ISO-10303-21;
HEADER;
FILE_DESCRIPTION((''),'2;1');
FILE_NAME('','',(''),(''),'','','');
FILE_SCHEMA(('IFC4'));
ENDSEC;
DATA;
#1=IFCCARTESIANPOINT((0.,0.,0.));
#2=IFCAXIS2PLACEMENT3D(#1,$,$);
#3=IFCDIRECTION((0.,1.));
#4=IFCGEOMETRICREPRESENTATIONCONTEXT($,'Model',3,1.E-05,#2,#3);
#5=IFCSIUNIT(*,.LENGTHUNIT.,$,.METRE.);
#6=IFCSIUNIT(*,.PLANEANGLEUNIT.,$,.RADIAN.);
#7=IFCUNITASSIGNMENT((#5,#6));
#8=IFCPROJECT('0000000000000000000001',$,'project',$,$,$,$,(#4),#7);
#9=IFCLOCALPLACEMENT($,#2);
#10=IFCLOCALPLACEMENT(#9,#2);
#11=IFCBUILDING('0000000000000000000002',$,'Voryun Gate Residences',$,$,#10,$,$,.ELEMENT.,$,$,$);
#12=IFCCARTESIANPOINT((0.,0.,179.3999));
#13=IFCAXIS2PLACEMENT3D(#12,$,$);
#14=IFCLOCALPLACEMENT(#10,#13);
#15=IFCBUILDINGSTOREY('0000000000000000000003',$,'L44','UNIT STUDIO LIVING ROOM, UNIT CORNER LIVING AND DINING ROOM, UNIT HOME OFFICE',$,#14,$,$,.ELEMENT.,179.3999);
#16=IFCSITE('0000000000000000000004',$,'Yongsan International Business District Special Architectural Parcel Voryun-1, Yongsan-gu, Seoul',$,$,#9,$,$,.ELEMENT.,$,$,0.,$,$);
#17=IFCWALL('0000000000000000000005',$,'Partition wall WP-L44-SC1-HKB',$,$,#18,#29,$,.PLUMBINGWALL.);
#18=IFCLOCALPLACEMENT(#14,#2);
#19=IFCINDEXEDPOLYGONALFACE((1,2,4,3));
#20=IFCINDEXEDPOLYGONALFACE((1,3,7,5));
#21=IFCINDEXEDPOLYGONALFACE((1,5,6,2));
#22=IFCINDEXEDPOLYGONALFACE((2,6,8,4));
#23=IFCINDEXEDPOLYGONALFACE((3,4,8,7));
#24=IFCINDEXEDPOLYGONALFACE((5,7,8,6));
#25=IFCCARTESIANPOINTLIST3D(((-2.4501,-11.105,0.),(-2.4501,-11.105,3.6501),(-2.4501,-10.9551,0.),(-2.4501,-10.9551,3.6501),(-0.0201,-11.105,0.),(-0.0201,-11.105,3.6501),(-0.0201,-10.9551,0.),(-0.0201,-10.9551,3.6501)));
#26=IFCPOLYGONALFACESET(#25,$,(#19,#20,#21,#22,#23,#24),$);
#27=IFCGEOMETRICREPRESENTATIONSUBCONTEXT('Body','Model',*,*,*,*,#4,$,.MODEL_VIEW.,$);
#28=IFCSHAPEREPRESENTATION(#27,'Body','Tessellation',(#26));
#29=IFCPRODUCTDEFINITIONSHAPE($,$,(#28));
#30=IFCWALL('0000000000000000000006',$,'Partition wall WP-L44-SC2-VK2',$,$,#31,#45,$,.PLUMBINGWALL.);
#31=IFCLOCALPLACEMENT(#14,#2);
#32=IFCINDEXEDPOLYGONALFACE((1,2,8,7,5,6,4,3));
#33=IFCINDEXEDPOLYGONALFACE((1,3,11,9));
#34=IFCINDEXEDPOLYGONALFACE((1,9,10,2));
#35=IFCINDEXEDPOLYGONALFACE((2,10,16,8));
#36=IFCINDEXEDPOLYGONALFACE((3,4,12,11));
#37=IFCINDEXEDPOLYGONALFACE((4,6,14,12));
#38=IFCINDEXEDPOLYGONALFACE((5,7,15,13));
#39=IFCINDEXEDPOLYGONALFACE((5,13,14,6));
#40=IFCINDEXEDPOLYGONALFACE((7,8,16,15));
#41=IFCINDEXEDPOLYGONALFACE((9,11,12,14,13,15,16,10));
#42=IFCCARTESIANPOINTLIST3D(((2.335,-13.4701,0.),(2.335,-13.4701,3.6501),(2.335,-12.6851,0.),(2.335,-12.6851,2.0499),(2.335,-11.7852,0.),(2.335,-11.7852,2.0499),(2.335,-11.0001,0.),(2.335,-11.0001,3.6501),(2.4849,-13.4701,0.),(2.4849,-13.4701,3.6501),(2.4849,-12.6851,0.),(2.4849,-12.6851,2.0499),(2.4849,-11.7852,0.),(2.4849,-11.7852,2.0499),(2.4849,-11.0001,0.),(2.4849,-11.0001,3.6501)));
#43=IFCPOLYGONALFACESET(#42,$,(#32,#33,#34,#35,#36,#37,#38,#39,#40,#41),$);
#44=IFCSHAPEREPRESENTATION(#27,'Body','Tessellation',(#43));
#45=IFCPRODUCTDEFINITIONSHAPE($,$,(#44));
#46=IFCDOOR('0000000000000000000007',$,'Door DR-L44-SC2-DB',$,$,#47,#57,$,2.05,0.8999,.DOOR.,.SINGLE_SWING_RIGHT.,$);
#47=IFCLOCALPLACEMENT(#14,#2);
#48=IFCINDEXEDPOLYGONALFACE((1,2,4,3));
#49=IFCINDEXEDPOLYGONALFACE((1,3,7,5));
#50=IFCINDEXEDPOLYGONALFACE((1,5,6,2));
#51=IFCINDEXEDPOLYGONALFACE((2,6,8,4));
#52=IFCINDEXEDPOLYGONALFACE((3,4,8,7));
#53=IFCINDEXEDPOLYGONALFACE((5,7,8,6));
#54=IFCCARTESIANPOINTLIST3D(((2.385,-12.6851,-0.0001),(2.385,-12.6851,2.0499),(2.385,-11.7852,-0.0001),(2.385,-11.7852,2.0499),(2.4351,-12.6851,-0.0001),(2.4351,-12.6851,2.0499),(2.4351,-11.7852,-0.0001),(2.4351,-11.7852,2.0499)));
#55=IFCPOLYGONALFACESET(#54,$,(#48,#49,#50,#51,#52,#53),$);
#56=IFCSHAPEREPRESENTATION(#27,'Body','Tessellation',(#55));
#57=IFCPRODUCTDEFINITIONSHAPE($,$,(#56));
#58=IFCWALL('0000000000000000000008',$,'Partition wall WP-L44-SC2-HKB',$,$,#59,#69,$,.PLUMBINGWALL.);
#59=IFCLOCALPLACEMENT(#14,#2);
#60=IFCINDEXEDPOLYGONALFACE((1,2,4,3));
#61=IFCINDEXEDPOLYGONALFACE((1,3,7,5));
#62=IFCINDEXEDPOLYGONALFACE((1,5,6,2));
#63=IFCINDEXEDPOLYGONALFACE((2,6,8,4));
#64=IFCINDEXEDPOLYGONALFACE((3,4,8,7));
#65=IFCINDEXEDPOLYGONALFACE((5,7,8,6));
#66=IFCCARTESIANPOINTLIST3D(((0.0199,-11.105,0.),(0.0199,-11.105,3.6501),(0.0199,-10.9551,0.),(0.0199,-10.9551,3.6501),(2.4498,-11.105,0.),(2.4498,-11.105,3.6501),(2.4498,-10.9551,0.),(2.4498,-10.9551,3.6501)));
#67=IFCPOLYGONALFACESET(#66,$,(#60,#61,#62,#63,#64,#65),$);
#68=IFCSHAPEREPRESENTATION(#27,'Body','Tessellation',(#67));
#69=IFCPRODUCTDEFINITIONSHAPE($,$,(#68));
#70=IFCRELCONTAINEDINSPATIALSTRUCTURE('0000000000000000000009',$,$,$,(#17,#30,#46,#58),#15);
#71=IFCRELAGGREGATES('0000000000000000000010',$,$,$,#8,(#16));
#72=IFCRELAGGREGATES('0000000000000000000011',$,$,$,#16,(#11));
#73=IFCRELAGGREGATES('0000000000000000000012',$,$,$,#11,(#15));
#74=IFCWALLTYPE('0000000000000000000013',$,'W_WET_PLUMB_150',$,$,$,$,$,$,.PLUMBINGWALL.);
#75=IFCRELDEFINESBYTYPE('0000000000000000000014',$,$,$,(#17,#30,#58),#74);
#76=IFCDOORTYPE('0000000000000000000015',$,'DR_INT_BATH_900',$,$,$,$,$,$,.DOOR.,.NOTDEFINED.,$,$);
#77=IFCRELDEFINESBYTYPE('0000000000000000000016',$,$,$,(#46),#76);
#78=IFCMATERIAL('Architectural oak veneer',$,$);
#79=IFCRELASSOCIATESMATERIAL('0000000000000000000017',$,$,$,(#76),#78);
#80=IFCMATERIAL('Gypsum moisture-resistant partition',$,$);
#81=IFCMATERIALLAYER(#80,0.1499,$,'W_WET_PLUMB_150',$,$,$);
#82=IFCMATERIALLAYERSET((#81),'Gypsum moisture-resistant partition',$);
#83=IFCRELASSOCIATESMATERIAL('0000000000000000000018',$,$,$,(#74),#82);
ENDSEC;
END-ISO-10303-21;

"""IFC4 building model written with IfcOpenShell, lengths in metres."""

from ifc_helpers import new_model, si_unit, direction, frame, frame_2d, origin, place, context, subcontext, project, spatial, rectangle, extrude, material, layer, layer_set, type_object, element, fill, save


model = new_model("IFC4")

# Units and contexts
model_context = context("Model", 3, precision=1e-05, world=origin(), true_north=direction((0.0, 1.0)))
body_context = subcontext(model_context, "Body", "Model", "MODEL_VIEW")
ifc_project = project(units=[si_unit("LENGTHUNIT", "METRE"), si_unit("PLANEANGLEUNIT", "RADIAN")], contexts=[model_context])

# Site, building, storey
site_placement = place(None, origin())
site = spatial("IfcSite", under=ifc_project, at=site_placement, Name="Yongsan International Business District Special Architectural Parcel Voryun-1, Yongsan-gu, Seoul", CompositionType="ELEMENT", RefElevation=0.0)
building_placement = place(site_placement, origin())
building = spatial("IfcBuilding", under=site, at=building_placement, Name="Voryun Gate Residences", CompositionType="ELEMENT")
storey_placement = place(building_placement, frame((0.0, 0.0, 179.3999)))
storey = spatial("IfcBuildingStorey", under=building, at=storey_placement, Name="L44", Description="UNIT STUDIO LIVING ROOM, UNIT CORNER LIVING AND DINING ROOM, UNIT HOME OFFICE", CompositionType="ELEMENT", Elevation=179.3999)

# Shared definitions
ifc_material_1 = material(Name="Architectural oak veneer")
door_type_1 = type_object("IfcDoorType", Name="DR_INT_BATH_900", OperationType="NOTDEFINED", PredefinedType="DOOR", material=ifc_material_1)

# Shared definitions
ifc_material_2 = material(Name="Gypsum moisture-resistant partition")
ifc_layer_1 = layer(ifc_material_2, 0.1499, Name="W_WET_PLUMB_150")
ifc_layer_set_1 = layer_set([ifc_layer_1], Name="Gypsum moisture-resistant partition")
wall_type_1 = type_object("IfcWallType", Name="W_WET_PLUMB_150", PredefinedType="PLUMBINGWALL", material=ifc_layer_set_1)

# Wall
wall_1_placement = place(storey_placement, frame((-2.45, -11.03, 0.0), z_axis=(0.0, 0.0, 1.0), x_axis=(1.0, 0.0, 0.0)))
element("IfcWall", 1, at=wall_1_placement, inside=storey, type_object=wall_type_1, Name="Partition wall WP-L44-SC1-HKB", PredefinedType="PLUMBINGWALL", context=body_context, shape_type="SweptSolid", body=[
    extrude(rectangle(XDim=2.4299, YDim=0.1499, at=frame_2d((1.2148, 0.0))), origin(), (0.0, 0.0, 1.0), 3.6501),
])

# Wall, opening, door
wall_2_placement = place(storey_placement, frame((2.4099, -13.47, 0.0), z_axis=(0.0, 0.0, 1.0), x_axis=(0.0, 1.0, 0.0)))
wall_2 = element("IfcWall", 2, at=wall_2_placement, inside=storey, type_object=wall_type_1, Name="Partition wall WP-L44-SC2-VK2", PredefinedType="PLUMBINGWALL", context=body_context, shape_type="SweptSolid", body=[
    extrude(rectangle(XDim=2.47, YDim=0.1499, at=frame_2d((1.2349, 0.0))), origin(), (0.0, 0.0, 1.0), 3.6501),
])
opening_1_placement = place(wall_2_placement, frame((0.7849, 0.0, 0.0)))
opening_1 = element("IfcOpeningElement", 3, at=opening_1_placement, cuts=wall_2, PredefinedType="OPENING", context=body_context, shape_type="SweptSolid", body=[
    extrude(rectangle(XDim=0.8999, YDim=2.05, at=frame_2d((0.45, 1.0249))), frame((0.0, 0.085, 0.0), z_axis=(0.0, -1.0, 0.0), x_axis=(1.0, 0.0, 0.0)), (0.0, 0.0, 1.0), 0.1699),
])
door_1_placement = place(opening_1_placement, origin())
door_1 = element("IfcDoor", 4, at=door_1_placement, inside=storey, type_object=door_type_1, Name="Door DR-L44-SC2-DB", OperationType="SINGLE_SWING_RIGHT", OverallHeight=2.05, OverallWidth=0.8999, PredefinedType="DOOR", context=body_context, shape_type="SweptSolid", body=[
    extrude(rectangle(XDim=0.8999, YDim=2.05, at=frame_2d((0.45, 1.0249))), frame((0.0, 0.0249, 0.0), z_axis=(0.0, -1.0, 0.0), x_axis=(1.0, 0.0, 0.0)), (0.0, 0.0, 1.0), 0.05),
])
fill(opening_1, door_1)

# Wall
wall_3_placement = place(storey_placement, frame((0.02, -11.03, 0.0), z_axis=(0.0, 0.0, 1.0), x_axis=(1.0, 0.0, 0.0)))
element("IfcWall", 5, at=wall_3_placement, inside=storey, type_object=wall_type_1, Name="Partition wall WP-L44-SC2-HKB", PredefinedType="PLUMBINGWALL", context=body_context, shape_type="SweptSolid", body=[
    extrude(rectangle(XDim=2.4299, YDim=0.1499, at=frame_2d((1.2148, 0.0))), origin(), (0.0, 0.0, 1.0), 3.6501),
])

save(model, "model.ifc")
